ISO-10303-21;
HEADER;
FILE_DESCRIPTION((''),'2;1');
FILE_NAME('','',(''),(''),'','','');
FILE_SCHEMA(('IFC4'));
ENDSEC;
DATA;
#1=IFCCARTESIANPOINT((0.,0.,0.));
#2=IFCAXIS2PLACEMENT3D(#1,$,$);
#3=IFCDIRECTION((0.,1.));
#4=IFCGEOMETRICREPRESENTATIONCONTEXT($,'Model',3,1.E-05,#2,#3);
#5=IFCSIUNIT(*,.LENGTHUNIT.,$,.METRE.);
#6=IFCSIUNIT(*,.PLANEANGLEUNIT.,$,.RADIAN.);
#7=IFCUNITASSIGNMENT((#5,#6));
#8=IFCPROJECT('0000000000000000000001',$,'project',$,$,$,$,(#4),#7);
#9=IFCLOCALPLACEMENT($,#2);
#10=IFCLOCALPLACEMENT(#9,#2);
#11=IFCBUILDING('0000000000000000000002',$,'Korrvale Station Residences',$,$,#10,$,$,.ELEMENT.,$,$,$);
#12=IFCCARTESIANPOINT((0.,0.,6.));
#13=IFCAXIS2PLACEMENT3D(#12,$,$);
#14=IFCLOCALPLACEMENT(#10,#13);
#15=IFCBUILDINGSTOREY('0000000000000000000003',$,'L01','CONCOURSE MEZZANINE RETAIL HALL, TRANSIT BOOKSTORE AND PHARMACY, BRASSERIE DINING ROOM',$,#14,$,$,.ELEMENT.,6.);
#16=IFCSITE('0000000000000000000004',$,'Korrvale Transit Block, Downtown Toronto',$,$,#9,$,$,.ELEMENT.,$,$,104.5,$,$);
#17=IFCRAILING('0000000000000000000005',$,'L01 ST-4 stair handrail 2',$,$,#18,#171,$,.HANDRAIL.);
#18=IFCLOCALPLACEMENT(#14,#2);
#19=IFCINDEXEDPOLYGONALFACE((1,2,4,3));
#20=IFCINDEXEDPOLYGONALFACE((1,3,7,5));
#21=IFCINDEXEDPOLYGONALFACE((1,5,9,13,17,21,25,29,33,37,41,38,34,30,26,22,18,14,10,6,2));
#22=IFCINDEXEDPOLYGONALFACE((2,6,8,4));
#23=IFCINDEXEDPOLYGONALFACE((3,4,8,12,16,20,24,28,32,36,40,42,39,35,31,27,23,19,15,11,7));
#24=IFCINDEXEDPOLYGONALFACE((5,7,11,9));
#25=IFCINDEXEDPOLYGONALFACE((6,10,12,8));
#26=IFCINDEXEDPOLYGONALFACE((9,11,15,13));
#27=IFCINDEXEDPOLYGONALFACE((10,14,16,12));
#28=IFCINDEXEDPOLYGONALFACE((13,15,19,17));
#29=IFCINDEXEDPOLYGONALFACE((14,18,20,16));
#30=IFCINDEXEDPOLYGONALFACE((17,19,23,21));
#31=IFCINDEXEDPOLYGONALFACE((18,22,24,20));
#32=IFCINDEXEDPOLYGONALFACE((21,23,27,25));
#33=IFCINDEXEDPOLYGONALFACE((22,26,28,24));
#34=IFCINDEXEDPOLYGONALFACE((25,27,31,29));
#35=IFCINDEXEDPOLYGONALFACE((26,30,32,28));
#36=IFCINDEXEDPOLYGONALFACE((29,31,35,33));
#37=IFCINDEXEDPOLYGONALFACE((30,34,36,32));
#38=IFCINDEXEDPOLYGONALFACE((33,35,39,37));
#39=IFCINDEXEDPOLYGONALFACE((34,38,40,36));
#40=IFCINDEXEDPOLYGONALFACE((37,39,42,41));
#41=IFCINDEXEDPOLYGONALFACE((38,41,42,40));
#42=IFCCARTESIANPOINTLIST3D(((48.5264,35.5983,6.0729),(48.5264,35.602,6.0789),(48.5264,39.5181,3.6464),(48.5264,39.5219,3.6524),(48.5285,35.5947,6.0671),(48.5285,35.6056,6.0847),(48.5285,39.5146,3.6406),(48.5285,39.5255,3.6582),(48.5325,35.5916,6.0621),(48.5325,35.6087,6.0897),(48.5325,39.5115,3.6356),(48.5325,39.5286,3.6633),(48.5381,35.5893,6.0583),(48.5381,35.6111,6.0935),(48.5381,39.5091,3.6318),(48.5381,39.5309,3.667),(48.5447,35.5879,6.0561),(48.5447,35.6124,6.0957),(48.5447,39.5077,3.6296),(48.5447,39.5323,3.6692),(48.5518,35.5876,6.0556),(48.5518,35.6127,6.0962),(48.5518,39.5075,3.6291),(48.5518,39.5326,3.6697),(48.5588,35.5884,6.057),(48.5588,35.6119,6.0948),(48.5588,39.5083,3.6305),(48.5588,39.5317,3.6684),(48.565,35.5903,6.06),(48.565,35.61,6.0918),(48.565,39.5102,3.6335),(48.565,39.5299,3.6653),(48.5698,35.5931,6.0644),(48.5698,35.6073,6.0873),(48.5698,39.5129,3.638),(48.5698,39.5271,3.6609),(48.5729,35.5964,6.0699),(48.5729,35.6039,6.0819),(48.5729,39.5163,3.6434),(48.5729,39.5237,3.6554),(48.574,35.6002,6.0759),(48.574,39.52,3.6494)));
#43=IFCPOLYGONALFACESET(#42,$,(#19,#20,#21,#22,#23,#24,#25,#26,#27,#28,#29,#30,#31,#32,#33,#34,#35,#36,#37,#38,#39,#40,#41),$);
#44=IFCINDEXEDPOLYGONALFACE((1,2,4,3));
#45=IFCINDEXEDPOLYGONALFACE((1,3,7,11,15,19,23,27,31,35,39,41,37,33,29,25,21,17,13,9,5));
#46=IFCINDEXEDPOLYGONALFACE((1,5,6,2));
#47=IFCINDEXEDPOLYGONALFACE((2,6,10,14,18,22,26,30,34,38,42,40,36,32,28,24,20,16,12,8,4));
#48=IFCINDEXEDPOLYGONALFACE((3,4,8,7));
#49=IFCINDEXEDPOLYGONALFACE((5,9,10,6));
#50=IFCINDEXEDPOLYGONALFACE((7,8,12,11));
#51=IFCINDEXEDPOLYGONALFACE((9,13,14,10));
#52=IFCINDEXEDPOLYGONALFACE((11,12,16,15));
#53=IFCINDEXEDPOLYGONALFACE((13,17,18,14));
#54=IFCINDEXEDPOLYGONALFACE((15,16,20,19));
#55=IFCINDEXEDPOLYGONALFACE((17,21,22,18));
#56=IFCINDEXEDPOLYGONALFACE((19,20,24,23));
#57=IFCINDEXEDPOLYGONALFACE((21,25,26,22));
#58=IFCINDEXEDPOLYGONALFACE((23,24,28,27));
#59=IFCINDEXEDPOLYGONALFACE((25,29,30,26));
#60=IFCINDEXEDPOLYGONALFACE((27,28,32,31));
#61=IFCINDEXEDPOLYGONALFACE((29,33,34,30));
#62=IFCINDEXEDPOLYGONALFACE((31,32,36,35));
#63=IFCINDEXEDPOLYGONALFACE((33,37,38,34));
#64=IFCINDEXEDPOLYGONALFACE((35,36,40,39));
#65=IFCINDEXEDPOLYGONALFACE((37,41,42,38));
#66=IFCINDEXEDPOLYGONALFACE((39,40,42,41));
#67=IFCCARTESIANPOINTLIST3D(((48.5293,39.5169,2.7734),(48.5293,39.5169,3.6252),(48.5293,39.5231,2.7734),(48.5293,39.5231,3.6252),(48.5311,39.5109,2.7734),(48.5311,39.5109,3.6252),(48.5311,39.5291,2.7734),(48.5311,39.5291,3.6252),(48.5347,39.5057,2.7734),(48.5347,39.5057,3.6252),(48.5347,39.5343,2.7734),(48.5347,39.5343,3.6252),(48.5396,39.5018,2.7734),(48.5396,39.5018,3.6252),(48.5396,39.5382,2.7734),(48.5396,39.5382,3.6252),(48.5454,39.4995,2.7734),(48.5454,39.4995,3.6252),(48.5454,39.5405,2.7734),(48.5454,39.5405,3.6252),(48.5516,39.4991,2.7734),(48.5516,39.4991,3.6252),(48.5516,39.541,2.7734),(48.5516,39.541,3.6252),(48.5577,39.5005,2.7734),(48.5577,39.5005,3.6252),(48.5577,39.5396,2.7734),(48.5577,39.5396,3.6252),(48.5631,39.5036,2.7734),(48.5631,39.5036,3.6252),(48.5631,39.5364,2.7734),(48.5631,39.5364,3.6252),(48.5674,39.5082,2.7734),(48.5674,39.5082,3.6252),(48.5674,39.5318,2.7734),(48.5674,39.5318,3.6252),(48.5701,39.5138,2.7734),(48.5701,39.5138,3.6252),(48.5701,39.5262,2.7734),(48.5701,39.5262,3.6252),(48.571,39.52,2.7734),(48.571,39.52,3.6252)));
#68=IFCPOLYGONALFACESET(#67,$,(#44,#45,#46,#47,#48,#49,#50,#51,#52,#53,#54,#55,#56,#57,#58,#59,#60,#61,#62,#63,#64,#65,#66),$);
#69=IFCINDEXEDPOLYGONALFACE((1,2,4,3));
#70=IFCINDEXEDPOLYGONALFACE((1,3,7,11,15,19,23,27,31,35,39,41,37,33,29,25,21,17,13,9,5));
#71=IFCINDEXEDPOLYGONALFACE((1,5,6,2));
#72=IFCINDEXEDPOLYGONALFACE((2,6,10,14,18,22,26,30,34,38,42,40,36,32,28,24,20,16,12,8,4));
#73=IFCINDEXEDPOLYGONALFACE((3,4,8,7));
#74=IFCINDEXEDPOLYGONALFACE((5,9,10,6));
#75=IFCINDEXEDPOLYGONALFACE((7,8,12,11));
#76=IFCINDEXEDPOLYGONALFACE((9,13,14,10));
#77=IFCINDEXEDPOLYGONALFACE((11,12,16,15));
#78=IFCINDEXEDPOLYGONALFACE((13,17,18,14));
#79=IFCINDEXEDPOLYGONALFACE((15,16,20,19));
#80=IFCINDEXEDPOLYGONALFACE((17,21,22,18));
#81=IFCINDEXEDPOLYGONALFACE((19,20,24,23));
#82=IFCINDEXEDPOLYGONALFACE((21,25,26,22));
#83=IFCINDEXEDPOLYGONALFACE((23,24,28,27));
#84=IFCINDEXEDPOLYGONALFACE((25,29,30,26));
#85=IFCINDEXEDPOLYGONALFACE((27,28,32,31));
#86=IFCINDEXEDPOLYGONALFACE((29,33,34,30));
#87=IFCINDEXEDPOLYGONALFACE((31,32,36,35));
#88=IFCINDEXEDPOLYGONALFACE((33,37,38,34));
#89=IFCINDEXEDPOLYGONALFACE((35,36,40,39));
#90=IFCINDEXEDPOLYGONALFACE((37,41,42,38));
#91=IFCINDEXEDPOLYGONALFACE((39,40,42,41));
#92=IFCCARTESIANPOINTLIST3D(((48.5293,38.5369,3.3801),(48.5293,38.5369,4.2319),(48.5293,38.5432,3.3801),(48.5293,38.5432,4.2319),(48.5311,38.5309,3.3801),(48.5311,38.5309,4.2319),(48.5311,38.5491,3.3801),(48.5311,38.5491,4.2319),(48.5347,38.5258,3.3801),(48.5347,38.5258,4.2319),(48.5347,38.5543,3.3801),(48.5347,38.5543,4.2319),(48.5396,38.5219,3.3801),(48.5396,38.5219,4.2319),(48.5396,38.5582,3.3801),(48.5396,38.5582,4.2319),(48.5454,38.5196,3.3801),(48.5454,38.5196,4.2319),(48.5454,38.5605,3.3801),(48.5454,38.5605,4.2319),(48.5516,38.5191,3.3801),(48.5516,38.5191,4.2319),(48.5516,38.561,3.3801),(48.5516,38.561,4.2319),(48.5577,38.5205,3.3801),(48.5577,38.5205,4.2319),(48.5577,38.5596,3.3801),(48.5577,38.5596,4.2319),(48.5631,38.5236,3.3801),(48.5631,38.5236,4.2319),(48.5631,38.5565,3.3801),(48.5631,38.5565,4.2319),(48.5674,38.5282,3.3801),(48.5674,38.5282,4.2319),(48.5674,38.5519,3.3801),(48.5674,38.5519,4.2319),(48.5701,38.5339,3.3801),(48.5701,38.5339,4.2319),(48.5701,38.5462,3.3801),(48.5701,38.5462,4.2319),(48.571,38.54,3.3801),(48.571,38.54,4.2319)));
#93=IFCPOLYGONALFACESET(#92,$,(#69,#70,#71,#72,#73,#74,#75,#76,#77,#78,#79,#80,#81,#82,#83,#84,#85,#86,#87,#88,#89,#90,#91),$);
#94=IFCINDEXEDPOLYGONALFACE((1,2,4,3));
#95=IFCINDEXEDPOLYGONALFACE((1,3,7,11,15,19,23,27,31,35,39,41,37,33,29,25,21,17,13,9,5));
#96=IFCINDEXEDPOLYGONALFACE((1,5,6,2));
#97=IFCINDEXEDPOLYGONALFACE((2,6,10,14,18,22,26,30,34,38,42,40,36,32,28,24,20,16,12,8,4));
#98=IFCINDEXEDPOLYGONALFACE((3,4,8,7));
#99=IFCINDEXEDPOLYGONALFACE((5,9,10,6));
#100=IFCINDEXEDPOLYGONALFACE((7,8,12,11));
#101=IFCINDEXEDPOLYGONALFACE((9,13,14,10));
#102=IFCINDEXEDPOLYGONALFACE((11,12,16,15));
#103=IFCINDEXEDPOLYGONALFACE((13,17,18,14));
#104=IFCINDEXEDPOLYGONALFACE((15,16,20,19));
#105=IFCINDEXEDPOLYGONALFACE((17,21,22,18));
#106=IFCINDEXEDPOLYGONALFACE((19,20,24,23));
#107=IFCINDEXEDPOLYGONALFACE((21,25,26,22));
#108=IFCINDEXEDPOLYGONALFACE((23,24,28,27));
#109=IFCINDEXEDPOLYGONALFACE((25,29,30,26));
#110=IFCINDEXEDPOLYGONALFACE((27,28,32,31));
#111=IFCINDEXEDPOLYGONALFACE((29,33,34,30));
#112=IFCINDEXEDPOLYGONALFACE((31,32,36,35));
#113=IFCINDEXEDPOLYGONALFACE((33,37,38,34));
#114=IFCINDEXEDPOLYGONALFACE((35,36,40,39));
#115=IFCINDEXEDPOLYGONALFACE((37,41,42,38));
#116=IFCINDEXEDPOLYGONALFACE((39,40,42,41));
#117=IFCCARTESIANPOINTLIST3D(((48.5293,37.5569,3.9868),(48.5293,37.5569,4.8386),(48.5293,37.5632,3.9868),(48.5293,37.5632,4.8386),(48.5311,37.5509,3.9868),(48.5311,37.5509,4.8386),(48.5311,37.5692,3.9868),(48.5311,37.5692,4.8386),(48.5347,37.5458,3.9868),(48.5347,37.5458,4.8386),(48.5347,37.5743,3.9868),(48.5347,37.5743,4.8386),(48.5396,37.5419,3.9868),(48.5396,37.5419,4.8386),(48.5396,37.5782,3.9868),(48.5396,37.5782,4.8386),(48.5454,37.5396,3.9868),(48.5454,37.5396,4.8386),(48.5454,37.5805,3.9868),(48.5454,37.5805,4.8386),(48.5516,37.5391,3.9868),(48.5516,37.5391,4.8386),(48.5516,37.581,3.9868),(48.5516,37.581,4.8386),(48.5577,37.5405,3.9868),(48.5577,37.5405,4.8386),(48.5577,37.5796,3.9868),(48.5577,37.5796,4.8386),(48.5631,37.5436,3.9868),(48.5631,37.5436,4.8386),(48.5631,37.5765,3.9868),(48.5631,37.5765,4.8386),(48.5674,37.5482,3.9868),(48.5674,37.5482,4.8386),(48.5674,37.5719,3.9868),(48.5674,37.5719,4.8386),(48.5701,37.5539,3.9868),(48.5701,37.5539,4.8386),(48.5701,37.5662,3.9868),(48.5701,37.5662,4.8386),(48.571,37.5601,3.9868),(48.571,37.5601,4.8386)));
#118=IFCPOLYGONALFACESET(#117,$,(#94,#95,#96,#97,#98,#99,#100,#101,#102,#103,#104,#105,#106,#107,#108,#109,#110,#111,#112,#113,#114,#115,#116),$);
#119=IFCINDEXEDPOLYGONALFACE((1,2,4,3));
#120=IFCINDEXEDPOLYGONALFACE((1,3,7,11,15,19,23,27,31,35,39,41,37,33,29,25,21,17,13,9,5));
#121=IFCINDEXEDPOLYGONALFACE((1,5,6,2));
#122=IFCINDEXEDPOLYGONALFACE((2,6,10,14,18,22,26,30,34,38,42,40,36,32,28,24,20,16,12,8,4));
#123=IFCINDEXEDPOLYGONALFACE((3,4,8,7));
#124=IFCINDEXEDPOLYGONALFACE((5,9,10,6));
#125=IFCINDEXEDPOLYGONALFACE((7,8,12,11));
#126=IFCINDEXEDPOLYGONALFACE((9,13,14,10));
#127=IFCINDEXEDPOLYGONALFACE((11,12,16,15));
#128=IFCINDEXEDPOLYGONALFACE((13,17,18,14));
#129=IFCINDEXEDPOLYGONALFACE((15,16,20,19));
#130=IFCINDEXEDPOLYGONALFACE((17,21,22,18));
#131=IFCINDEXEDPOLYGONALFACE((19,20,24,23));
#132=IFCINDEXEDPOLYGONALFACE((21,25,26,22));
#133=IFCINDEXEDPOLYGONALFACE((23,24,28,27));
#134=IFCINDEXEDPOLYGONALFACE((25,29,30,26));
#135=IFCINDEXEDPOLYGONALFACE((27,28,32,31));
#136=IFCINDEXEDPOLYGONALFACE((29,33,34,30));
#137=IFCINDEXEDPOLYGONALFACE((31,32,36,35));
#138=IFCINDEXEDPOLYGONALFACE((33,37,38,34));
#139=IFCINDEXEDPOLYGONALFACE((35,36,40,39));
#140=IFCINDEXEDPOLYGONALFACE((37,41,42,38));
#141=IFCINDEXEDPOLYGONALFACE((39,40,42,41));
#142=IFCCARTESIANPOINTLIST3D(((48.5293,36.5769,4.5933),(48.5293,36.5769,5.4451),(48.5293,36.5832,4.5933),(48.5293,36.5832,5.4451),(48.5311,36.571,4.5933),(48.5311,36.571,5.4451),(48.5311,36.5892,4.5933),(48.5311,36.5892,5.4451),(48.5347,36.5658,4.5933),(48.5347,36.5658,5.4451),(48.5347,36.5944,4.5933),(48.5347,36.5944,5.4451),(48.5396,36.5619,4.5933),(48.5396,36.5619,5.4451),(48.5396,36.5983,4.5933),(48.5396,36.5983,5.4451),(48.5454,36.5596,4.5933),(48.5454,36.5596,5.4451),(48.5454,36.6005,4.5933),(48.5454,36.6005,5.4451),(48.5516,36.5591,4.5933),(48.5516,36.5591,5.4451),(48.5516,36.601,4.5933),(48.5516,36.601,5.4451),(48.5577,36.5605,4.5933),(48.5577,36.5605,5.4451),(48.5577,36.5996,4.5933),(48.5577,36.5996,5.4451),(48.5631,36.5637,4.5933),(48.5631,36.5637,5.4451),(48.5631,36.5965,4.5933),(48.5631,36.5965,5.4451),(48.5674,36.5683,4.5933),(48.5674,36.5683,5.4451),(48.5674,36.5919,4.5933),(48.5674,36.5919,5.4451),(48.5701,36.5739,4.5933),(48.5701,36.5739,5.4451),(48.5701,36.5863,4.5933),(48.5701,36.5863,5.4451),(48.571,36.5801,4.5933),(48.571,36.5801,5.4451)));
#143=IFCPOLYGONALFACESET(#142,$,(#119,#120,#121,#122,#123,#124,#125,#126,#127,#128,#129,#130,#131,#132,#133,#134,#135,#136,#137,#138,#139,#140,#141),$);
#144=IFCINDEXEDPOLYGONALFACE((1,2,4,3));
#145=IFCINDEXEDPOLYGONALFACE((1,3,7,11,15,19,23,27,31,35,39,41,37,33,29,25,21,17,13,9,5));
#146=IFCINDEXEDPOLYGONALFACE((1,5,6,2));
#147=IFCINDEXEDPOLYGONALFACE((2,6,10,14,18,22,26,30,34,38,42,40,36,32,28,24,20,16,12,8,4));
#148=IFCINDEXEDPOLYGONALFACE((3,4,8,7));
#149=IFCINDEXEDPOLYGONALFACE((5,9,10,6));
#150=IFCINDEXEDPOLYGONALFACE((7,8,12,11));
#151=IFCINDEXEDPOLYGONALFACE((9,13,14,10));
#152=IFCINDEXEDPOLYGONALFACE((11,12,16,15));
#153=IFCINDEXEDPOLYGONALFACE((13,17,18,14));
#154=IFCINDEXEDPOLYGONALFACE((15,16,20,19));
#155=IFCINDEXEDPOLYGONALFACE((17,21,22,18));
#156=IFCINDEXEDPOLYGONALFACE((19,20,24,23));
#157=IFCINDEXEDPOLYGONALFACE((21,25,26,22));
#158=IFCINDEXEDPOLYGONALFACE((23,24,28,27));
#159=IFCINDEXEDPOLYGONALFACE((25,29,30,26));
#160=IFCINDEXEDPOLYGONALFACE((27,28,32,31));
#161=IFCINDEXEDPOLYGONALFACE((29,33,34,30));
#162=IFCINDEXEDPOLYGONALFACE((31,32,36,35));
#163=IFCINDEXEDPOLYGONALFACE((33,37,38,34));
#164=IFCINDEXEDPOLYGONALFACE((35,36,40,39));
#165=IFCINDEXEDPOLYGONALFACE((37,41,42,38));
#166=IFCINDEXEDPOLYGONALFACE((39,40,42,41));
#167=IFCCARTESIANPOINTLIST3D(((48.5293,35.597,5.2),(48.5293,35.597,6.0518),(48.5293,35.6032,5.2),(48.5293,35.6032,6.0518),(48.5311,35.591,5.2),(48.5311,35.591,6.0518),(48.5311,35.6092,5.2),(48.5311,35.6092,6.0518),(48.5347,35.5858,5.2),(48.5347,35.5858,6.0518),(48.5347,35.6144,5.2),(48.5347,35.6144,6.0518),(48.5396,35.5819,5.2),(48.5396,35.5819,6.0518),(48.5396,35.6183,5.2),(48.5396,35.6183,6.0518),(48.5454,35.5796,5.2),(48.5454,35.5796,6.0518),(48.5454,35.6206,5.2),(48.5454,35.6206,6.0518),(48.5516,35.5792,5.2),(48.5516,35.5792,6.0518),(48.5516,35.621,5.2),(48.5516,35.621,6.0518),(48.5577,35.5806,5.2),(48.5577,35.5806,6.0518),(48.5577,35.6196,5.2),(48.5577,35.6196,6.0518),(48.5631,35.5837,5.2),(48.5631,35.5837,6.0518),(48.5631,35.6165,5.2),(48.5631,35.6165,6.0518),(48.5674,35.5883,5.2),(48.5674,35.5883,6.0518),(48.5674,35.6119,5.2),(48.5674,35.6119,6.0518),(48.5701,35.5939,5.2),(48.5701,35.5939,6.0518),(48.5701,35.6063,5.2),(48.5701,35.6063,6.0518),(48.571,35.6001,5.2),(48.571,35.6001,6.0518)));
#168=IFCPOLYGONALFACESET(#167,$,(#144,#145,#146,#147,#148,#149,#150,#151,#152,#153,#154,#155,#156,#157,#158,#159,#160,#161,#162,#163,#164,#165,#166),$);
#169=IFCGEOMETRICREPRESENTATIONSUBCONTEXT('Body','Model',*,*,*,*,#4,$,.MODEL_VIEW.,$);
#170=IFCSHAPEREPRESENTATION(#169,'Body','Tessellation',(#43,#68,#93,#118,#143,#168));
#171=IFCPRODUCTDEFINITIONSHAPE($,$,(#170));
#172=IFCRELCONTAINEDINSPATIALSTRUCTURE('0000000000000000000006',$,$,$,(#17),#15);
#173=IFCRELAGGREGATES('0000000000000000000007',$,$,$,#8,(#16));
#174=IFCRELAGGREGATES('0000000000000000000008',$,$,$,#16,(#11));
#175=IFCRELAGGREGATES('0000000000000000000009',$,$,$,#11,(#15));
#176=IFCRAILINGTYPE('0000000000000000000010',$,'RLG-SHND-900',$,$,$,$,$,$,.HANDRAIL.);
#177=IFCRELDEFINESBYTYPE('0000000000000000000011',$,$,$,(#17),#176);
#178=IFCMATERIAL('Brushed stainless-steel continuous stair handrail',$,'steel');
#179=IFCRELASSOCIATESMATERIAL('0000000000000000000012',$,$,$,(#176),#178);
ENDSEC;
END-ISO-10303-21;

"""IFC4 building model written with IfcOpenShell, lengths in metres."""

from ifc_helpers import new_model, si_unit, direction, frame, origin, origin_2d, place, context, subcontext, project, spatial, circle, extrude, material, type_object, element, save


model = new_model("IFC4")

# Units and contexts
model_context = context("Model", 3, precision=1e-05, world=origin(), true_north=direction((0.0, 1.0)))
body_context = subcontext(model_context, "Body", "Model", "MODEL_VIEW")
ifc_project = project(units=[si_unit("LENGTHUNIT", "METRE"), si_unit("PLANEANGLEUNIT", "RADIAN")], contexts=[model_context])

# Site, building, storey
site_placement = place(None, origin())
site = spatial("IfcSite", under=ifc_project, at=site_placement, Name="Korrvale Transit Block, Downtown Toronto", CompositionType="ELEMENT", RefElevation=104.5)
building_placement = place(site_placement, origin())
building = spatial("IfcBuilding", under=site, at=building_placement, Name="Korrvale Station Residences", CompositionType="ELEMENT")
storey_placement = place(building_placement, frame((0.0, 0.0, 6.0)))
storey = spatial("IfcBuildingStorey", under=building, at=storey_placement, Name="L01", Description="CONCOURSE MEZZANINE RETAIL HALL, TRANSIT BOOKSTORE AND PHARMACY, BRASSERIE DINING ROOM", CompositionType="ELEMENT", Elevation=6.0)

# Railing
ifc_material_1 = material(Name="Brushed stainless-steel continuous stair handrail", Category="steel")
railing_type_1 = type_object("IfcRailingType", Name="RLG-SHND-900", PredefinedType="HANDRAIL", material=ifc_material_1)
railing_1_placement = place(storey_placement, frame((48.55, 39.52, 2.7734)))
element("IfcRailing", 1, at=railing_1_placement, inside=storey, type_object=railing_type_1, Name="L01 ST-4 stair handrail 2", PredefinedType="HANDRAIL", context=body_context, shape_type="SweptSolid", body=[
    extrude(circle(Radius=0.0239, at=origin_2d()), frame((0.0, 0.0, 0.876), z_axis=(0.0, -0.850275, 0.526338), x_axis=(1.0, 0.0, 0.0)), (0.0, 0.0, 1.0), 4.6101),
    extrude(circle(Radius=0.021, at=origin_2d()), origin(), (0.0, 0.0, 1.0), 0.8518),
    extrude(circle(Radius=0.021, at=origin_2d()), frame((0.0, -0.98, 0.6067)), (0.0, 0.0, 1.0), 0.8518),
    extrude(circle(Radius=0.021, at=origin_2d()), frame((0.0, -1.96, 1.2134)), (0.0, 0.0, 1.0), 0.8518),
    extrude(circle(Radius=0.021, at=origin_2d()), frame((0.0, -2.9399, 1.8198)), (0.0, 0.0, 1.0), 0.8518),
    extrude(circle(Radius=0.021, at=origin_2d()), frame((0.0, -3.9199, 2.4265)), (0.0, 0.0, 1.0), 0.8518),
])

save(model, "model.ifc")
